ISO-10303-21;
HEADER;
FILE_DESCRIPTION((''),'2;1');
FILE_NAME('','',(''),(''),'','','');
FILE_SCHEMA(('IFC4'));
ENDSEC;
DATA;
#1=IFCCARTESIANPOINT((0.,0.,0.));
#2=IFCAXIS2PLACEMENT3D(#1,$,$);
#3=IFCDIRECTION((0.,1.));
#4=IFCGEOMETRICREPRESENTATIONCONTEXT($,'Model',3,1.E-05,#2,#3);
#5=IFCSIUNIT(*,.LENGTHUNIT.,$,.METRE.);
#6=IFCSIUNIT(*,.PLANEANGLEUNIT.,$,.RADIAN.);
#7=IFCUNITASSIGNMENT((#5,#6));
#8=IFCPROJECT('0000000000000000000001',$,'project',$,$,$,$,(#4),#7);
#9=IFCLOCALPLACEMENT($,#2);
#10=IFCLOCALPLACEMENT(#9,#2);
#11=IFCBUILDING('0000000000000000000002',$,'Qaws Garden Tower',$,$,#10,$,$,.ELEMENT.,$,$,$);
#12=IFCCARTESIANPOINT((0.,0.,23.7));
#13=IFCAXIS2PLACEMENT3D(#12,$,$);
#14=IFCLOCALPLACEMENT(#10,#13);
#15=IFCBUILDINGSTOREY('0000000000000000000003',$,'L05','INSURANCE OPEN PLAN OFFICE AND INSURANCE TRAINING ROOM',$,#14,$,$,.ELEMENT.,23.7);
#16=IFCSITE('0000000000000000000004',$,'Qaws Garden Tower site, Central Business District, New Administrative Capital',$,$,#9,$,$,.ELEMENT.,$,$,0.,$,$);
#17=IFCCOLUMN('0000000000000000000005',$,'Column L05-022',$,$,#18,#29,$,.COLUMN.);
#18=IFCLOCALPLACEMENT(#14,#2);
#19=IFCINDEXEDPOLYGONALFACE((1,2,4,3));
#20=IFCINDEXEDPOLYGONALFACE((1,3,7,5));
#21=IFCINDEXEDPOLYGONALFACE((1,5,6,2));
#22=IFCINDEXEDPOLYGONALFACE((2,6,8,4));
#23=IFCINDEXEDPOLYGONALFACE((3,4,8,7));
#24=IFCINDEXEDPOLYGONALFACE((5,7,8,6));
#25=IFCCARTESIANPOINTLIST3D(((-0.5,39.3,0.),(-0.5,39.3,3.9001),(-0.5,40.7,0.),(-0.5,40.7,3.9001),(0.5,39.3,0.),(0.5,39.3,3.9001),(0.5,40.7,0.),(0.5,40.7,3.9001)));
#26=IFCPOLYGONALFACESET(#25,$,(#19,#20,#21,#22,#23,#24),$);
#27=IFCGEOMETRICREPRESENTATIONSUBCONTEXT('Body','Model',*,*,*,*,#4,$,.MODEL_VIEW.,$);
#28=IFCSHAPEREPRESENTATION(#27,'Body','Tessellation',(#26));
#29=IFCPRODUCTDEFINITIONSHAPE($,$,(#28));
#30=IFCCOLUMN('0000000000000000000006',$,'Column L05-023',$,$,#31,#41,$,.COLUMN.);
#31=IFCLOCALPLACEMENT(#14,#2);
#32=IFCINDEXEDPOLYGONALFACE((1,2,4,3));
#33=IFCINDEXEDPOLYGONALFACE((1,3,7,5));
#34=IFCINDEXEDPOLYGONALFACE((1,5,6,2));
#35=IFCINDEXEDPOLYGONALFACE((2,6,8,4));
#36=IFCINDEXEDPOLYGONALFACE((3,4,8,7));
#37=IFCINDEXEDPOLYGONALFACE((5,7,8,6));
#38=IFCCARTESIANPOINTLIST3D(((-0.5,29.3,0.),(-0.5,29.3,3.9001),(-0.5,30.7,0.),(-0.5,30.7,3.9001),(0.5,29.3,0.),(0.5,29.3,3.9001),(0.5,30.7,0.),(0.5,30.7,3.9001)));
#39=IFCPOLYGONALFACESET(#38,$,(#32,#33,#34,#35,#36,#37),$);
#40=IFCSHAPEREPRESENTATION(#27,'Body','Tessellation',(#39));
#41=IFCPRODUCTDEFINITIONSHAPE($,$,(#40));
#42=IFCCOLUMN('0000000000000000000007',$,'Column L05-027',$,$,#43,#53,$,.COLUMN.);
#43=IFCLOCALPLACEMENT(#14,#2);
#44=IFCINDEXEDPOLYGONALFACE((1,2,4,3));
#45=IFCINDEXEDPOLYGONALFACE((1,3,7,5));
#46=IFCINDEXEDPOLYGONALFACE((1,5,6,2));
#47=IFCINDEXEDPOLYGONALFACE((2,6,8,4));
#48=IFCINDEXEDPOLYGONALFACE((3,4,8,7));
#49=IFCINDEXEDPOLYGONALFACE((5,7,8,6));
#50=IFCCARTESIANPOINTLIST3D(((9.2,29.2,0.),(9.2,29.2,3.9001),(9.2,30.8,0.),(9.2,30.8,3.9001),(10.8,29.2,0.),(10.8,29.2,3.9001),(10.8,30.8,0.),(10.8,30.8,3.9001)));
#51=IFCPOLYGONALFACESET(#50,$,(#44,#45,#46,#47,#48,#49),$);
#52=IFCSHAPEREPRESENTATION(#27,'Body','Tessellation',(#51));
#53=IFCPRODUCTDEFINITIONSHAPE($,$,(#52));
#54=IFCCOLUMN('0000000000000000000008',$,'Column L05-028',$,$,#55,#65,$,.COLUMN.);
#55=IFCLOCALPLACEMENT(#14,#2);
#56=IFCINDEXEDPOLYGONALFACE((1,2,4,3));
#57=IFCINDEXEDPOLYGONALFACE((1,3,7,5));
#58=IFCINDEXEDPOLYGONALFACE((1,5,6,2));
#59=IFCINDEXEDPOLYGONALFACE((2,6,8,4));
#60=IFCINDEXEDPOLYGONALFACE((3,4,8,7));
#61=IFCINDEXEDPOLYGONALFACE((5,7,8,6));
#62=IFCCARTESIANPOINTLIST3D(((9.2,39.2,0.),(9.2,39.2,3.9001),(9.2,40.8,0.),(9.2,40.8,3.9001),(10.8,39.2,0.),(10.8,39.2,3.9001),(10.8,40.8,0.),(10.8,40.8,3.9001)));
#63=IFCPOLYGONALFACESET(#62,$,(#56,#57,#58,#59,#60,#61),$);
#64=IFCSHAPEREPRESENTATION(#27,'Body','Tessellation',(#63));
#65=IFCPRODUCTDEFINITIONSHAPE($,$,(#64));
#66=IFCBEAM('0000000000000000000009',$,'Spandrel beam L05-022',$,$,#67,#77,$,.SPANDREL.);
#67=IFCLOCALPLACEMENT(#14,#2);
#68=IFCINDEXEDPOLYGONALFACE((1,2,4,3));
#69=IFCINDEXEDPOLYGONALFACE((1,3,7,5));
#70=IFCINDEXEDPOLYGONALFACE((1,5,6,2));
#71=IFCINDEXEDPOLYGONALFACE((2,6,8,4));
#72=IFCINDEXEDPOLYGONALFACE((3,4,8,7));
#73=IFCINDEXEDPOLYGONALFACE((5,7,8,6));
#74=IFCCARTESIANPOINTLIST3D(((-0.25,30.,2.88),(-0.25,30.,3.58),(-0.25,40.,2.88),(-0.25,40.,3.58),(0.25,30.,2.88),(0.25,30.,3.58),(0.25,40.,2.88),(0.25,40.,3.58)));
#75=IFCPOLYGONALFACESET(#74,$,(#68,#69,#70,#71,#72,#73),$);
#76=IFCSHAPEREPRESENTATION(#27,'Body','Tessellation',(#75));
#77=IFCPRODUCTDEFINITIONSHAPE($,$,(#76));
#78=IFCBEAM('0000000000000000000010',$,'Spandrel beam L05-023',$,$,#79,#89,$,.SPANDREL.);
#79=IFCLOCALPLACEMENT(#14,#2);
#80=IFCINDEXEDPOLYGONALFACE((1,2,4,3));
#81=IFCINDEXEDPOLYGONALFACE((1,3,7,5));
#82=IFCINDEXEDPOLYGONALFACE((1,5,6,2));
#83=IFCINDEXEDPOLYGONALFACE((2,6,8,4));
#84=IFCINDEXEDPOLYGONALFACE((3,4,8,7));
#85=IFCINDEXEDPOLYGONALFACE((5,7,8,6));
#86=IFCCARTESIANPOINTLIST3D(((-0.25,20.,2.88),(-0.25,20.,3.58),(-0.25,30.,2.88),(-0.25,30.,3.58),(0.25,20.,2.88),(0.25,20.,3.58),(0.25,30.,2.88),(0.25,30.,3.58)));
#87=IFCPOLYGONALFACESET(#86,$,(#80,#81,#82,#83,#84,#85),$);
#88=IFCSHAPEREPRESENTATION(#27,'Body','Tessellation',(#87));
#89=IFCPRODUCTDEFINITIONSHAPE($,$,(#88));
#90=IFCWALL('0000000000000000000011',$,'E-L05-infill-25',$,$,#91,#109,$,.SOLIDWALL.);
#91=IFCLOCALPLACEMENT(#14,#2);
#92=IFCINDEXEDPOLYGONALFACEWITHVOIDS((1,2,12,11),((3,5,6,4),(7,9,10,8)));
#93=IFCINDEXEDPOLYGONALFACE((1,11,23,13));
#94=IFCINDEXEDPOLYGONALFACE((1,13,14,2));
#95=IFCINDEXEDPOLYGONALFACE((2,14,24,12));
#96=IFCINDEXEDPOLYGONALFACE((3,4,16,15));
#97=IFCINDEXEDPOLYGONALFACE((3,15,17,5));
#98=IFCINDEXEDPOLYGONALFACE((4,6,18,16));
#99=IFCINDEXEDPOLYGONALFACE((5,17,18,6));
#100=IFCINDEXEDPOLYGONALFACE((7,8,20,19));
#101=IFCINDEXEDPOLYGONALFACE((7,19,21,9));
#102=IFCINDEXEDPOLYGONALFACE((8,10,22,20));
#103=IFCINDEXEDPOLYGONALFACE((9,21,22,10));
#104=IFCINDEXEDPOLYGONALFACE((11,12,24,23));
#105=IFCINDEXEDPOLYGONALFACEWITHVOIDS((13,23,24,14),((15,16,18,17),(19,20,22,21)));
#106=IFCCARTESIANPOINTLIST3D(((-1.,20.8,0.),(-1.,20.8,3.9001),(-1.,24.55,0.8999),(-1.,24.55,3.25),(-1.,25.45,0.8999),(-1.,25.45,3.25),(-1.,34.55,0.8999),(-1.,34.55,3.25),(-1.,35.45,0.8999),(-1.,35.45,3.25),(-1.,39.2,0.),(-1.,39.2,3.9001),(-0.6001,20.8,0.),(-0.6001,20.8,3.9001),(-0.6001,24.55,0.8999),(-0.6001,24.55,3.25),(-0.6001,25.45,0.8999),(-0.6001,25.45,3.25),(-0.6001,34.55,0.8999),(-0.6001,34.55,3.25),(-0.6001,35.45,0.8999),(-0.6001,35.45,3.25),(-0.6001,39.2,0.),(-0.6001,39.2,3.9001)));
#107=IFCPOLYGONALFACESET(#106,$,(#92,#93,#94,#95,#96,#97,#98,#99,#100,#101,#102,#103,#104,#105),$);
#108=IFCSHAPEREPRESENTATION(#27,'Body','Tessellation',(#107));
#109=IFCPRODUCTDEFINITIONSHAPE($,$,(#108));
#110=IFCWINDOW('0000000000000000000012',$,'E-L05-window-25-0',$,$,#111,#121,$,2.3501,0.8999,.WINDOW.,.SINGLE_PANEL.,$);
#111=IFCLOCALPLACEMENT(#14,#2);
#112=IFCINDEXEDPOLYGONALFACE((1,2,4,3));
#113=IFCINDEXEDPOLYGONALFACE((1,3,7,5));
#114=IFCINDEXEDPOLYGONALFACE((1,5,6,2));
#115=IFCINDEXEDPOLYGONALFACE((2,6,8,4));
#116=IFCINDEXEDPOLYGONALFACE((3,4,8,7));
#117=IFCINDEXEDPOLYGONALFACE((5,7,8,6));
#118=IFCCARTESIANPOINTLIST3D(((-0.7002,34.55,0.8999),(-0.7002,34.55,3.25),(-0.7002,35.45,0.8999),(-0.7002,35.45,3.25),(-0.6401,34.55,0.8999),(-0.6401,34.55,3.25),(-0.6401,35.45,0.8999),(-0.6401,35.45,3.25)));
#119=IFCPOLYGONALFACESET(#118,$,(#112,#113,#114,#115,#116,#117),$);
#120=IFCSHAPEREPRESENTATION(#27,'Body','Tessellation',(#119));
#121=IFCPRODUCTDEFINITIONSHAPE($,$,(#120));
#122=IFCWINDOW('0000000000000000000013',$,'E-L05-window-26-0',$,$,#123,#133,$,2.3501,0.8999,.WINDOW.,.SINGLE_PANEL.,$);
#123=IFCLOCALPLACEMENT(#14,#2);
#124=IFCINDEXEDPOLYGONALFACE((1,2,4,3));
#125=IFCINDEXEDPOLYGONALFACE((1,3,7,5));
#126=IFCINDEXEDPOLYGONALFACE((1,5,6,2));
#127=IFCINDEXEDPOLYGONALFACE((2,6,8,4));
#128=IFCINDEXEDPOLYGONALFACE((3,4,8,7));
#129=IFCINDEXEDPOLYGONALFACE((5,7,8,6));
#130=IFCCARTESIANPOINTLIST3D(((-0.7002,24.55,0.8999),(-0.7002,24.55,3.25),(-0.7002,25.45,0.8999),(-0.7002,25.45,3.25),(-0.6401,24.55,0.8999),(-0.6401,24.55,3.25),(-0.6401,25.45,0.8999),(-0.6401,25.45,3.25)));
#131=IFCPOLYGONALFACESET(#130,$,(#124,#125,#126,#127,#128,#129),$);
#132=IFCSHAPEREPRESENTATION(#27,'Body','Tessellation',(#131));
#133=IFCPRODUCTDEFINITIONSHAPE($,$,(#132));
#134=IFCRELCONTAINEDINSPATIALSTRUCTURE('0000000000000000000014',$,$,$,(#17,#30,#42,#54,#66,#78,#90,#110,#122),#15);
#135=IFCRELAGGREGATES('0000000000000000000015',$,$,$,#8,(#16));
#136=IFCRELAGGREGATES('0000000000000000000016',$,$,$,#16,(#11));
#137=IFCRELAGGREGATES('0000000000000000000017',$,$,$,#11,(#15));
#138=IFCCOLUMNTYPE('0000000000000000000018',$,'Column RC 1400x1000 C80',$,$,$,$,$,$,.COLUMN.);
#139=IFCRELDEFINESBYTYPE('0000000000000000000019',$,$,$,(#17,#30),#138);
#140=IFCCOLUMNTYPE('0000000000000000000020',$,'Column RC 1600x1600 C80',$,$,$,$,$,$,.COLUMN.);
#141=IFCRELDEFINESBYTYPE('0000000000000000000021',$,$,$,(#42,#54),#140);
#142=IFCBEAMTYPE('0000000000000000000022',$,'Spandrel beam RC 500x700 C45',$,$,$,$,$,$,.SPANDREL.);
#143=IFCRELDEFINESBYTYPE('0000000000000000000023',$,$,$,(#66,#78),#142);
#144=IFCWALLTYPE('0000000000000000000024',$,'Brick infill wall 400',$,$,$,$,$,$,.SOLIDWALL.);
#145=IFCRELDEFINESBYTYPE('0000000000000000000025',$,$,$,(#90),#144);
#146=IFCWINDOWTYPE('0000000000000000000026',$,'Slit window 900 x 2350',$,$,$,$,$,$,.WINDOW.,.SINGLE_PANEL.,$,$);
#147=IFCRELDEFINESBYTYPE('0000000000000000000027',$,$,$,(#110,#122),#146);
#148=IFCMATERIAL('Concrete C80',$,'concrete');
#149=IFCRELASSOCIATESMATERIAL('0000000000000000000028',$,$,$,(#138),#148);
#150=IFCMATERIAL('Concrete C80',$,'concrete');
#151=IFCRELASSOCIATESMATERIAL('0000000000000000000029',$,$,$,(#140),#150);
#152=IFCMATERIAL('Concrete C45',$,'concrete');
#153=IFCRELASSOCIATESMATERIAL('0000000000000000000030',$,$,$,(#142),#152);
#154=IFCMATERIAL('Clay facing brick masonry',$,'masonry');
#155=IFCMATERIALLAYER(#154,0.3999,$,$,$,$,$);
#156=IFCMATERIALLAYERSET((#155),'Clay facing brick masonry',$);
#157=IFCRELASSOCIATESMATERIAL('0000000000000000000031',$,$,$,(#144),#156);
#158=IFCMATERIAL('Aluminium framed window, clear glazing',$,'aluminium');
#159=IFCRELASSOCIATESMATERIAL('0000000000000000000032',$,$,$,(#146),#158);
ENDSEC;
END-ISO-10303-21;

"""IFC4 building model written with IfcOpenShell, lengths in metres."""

from ifc_helpers import new_model, si_unit, direction, frame, frame_2d, origin, origin_2d, place, context, subcontext, project, spatial, rectangle, extrude, material, layer, layer_set, material_profile, profile_set, type_object, element, fill, save


model = new_model("IFC4")

# Units and contexts
model_context = context("Model", 3, precision=1e-05, world=origin(), true_north=direction((0.0, 1.0)))
body_context = subcontext(model_context, "Body", "Model", "MODEL_VIEW")
ifc_project = project(units=[si_unit("LENGTHUNIT", "METRE"), si_unit("PLANEANGLEUNIT", "RADIAN")], contexts=[model_context])

# Site, building, storey
site_placement = place(None, origin())
site = spatial("IfcSite", under=ifc_project, at=site_placement, Name="Qaws Garden Tower site, Central Business District, New Administrative Capital", CompositionType="ELEMENT", RefElevation=0.0)
building_placement = place(site_placement, origin())
building = spatial("IfcBuilding", under=site, at=building_placement, Name="Qaws Garden Tower", CompositionType="ELEMENT")
storey_placement = place(building_placement, frame((0.0, 0.0, 23.7)))
storey = spatial("IfcBuildingStorey", under=building, at=storey_placement, Name="L05", Description="INSURANCE OPEN PLAN OFFICE AND INSURANCE TRAINING ROOM", CompositionType="ELEMENT", Elevation=23.7)

# Columns
ifc_material_1 = material(Name="Concrete C80", Category="concrete")
ifc_material_profile_1 = material_profile(ifc_material_1, rectangle(XDim=1.3999, YDim=1.0, at=origin_2d()), Name="RC 1400x1000")
ifc_profile_set_1 = profile_set([ifc_material_profile_1], Name="Concrete C80")
column_type_1 = type_object("IfcColumnType", Name="Column RC 1400x1000 C80", PredefinedType="COLUMN", material=ifc_profile_set_1)
for number, where, z_axis, x_axis, name in (
    (1, (0.0, 40.0, 0.0), (0.0, 0.0, 1.0), (0.0, 1.0, 0.0), "Column L05-022"),
    (2, (0.0, 30.0, 0.0), (0.0, 0.0, 1.0), (0.0, 1.0, 0.0), "Column L05-023"),
):
    element("IfcColumn", number, at=place(storey_placement, frame(where, z_axis=z_axis, x_axis=x_axis)), inside=storey, type_object=column_type_1, Name=name, PredefinedType="COLUMN", context=body_context, shape_type="SweptSolid", body=[
        extrude(rectangle(XDim=1.3999, YDim=1.0, at=origin_2d()), origin(), (0.0, 0.0, 1.0), 3.9001),
    ])
ifc_material_2 = material(Name="Concrete C80", Category="concrete")
ifc_material_profile_2 = material_profile(ifc_material_2, rectangle(XDim=1.6001, YDim=1.6001, at=origin_2d()), Name="RC 1600x1600")
ifc_profile_set_2 = profile_set([ifc_material_profile_2], Name="Concrete C80")
column_type_2 = type_object("IfcColumnType", Name="Column RC 1600x1600 C80", PredefinedType="COLUMN", material=ifc_profile_set_2)
for number, where, z_axis, x_axis, name in (
    (3, (10.0, 30.0, 0.0), (0.0, 0.0, 1.0), (1.0, 0.0, 0.0), "Column L05-027"),
    (4, (10.0, 40.0, 0.0), (0.0, 0.0, 1.0), (1.0, 0.0, 0.0), "Column L05-028"),
):
    element("IfcColumn", number, at=place(storey_placement, frame(where, z_axis=z_axis, x_axis=x_axis)), inside=storey, type_object=column_type_2, Name=name, PredefinedType="COLUMN", context=body_context, shape_type="SweptSolid", body=[
        extrude(rectangle(XDim=1.6001, YDim=1.6001, at=origin_2d()), origin(), (0.0, 0.0, 1.0), 3.9001),
    ])

# Beams
ifc_material_3 = material(Name="Concrete C45", Category="concrete")
ifc_material_profile_3 = material_profile(ifc_material_3, rectangle(XDim=0.5, YDim=0.7, at=origin_2d()), Name="RC 500x700")
ifc_profile_set_3 = profile_set([ifc_material_profile_3], Name="Concrete C45")
beam_type = type_object("IfcBeamType", Name="Spandrel beam RC 500x700 C45", PredefinedType="SPANDREL", material=ifc_profile_set_3)
for number, where, z_axis, x_axis, name in (
    (5, (0.0, 40.0, 3.23), (0.0, -1.0, 0.0), (1.0, 0.0, 0.0), "Spandrel beam L05-022"),
    (6, (0.0, 30.0, 3.23), (0.0, -1.0, 0.0), (1.0, 0.0, 0.0), "Spandrel beam L05-023"),
):
    element("IfcBeam", number, at=place(storey_placement, frame(where, z_axis=z_axis, x_axis=x_axis)), inside=storey, type_object=beam_type, Name=name, PredefinedType="SPANDREL", context=body_context, shape_type="SweptSolid", body=[
        extrude(rectangle(XDim=0.5, YDim=0.7, at=origin_2d()), origin(), (0.0, 0.0, 1.0), 10.0),
    ])

# Wall, openings, windows
ifc_material_4 = material(Name="Clay facing brick masonry", Category="masonry")
ifc_layer_1 = layer(ifc_material_4, 0.3999)
ifc_layer_set_1 = layer_set([ifc_layer_1], Name="Clay facing brick masonry")
wall_type_1 = type_object("IfcWallType", Name="Brick infill wall 400", PredefinedType="SOLIDWALL", material=ifc_layer_set_1)
wall_1_placement = place(storey_placement, frame((-0.8, 39.2, 0.0), z_axis=(0.0, 0.0, 1.0), x_axis=(0.0, -1.0, 0.0)))
wall_1 = element("IfcWall", 7, at=wall_1_placement, inside=storey, type_object=wall_type_1, Name="E-L05-infill-25", PredefinedType="SOLIDWALL", context=body_context, shape_type="SweptSolid", body=[
    extrude(rectangle(XDim=18.3999, YDim=0.3999, at=frame_2d((9.2, 0.0))), origin(), (0.0, 0.0, 1.0), 3.9001),
])
opening_1_placement = place(wall_1_placement, frame((3.75, 0.0, 0.8999)))
opening_1 = element("IfcOpeningElement", 8, at=opening_1_placement, cuts=wall_1, PredefinedType="OPENING", context=body_context, shape_type="SweptSolid", body=[
    extrude(rectangle(XDim=0.8999, YDim=2.3501, at=frame_2d((0.45, 1.175))), frame((0.0, 0.21, 0.0), z_axis=(0.0, -1.0, 0.0), x_axis=(1.0, 0.0, 0.0)), (0.0, 0.0, 1.0), 0.4199),
])
opening_2_placement = place(wall_1_placement, frame((13.75, 0.0, 0.8999)))
opening_2 = element("IfcOpeningElement", 9, at=opening_2_placement, cuts=wall_1, PredefinedType="OPENING", context=body_context, shape_type="SweptSolid", body=[
    extrude(rectangle(XDim=0.8999, YDim=2.3501, at=frame_2d((0.45, 1.175))), frame((0.0, 0.21, 0.0), z_axis=(0.0, -1.0, 0.0), x_axis=(1.0, 0.0, 0.0)), (0.0, 0.0, 1.0), 0.4199),
])
ifc_material_5 = material(Name="Aluminium framed window, clear glazing", Category="aluminium")
window_type = type_object("IfcWindowType", Name="Slit window 900 x 2350", PartitioningType="SINGLE_PANEL", PredefinedType="WINDOW", material=ifc_material_5)
window_1_placement = place(opening_1_placement, origin())
window_1 = element("IfcWindow", 10, at=window_1_placement, inside=storey, type_object=window_type, Name="E-L05-window-25-0", OverallHeight=2.3501, OverallWidth=0.8999, PartitioningType="SINGLE_PANEL", PredefinedType="WINDOW", context=body_context, shape_type="SweptSolid", body=[
    extrude(rectangle(XDim=0.8999, YDim=2.3501, at=frame_2d((0.45, 1.175))), frame((0.0, 0.1599, 0.0), z_axis=(0.0, -1.0, 0.0), x_axis=(1.0, 0.0, 0.0)), (0.0, 0.0, 1.0), 0.0601),
])
fill(opening_1, window_1)
window_2_placement = place(opening_2_placement, origin())
window_2 = element("IfcWindow", 11, at=window_2_placement, inside=storey, type_object=window_type, Name="E-L05-window-26-0", OverallHeight=2.3501, OverallWidth=0.8999, PartitioningType="SINGLE_PANEL", PredefinedType="WINDOW", context=body_context, shape_type="SweptSolid", body=[
    extrude(rectangle(XDim=0.8999, YDim=2.3501, at=frame_2d((0.45, 1.175))), frame((0.0, 0.1599, 0.0), z_axis=(0.0, -1.0, 0.0), x_axis=(1.0, 0.0, 0.0)), (0.0, 0.0, 1.0), 0.0601),
])
fill(opening_2, window_2)

save(model, "model.ifc")
